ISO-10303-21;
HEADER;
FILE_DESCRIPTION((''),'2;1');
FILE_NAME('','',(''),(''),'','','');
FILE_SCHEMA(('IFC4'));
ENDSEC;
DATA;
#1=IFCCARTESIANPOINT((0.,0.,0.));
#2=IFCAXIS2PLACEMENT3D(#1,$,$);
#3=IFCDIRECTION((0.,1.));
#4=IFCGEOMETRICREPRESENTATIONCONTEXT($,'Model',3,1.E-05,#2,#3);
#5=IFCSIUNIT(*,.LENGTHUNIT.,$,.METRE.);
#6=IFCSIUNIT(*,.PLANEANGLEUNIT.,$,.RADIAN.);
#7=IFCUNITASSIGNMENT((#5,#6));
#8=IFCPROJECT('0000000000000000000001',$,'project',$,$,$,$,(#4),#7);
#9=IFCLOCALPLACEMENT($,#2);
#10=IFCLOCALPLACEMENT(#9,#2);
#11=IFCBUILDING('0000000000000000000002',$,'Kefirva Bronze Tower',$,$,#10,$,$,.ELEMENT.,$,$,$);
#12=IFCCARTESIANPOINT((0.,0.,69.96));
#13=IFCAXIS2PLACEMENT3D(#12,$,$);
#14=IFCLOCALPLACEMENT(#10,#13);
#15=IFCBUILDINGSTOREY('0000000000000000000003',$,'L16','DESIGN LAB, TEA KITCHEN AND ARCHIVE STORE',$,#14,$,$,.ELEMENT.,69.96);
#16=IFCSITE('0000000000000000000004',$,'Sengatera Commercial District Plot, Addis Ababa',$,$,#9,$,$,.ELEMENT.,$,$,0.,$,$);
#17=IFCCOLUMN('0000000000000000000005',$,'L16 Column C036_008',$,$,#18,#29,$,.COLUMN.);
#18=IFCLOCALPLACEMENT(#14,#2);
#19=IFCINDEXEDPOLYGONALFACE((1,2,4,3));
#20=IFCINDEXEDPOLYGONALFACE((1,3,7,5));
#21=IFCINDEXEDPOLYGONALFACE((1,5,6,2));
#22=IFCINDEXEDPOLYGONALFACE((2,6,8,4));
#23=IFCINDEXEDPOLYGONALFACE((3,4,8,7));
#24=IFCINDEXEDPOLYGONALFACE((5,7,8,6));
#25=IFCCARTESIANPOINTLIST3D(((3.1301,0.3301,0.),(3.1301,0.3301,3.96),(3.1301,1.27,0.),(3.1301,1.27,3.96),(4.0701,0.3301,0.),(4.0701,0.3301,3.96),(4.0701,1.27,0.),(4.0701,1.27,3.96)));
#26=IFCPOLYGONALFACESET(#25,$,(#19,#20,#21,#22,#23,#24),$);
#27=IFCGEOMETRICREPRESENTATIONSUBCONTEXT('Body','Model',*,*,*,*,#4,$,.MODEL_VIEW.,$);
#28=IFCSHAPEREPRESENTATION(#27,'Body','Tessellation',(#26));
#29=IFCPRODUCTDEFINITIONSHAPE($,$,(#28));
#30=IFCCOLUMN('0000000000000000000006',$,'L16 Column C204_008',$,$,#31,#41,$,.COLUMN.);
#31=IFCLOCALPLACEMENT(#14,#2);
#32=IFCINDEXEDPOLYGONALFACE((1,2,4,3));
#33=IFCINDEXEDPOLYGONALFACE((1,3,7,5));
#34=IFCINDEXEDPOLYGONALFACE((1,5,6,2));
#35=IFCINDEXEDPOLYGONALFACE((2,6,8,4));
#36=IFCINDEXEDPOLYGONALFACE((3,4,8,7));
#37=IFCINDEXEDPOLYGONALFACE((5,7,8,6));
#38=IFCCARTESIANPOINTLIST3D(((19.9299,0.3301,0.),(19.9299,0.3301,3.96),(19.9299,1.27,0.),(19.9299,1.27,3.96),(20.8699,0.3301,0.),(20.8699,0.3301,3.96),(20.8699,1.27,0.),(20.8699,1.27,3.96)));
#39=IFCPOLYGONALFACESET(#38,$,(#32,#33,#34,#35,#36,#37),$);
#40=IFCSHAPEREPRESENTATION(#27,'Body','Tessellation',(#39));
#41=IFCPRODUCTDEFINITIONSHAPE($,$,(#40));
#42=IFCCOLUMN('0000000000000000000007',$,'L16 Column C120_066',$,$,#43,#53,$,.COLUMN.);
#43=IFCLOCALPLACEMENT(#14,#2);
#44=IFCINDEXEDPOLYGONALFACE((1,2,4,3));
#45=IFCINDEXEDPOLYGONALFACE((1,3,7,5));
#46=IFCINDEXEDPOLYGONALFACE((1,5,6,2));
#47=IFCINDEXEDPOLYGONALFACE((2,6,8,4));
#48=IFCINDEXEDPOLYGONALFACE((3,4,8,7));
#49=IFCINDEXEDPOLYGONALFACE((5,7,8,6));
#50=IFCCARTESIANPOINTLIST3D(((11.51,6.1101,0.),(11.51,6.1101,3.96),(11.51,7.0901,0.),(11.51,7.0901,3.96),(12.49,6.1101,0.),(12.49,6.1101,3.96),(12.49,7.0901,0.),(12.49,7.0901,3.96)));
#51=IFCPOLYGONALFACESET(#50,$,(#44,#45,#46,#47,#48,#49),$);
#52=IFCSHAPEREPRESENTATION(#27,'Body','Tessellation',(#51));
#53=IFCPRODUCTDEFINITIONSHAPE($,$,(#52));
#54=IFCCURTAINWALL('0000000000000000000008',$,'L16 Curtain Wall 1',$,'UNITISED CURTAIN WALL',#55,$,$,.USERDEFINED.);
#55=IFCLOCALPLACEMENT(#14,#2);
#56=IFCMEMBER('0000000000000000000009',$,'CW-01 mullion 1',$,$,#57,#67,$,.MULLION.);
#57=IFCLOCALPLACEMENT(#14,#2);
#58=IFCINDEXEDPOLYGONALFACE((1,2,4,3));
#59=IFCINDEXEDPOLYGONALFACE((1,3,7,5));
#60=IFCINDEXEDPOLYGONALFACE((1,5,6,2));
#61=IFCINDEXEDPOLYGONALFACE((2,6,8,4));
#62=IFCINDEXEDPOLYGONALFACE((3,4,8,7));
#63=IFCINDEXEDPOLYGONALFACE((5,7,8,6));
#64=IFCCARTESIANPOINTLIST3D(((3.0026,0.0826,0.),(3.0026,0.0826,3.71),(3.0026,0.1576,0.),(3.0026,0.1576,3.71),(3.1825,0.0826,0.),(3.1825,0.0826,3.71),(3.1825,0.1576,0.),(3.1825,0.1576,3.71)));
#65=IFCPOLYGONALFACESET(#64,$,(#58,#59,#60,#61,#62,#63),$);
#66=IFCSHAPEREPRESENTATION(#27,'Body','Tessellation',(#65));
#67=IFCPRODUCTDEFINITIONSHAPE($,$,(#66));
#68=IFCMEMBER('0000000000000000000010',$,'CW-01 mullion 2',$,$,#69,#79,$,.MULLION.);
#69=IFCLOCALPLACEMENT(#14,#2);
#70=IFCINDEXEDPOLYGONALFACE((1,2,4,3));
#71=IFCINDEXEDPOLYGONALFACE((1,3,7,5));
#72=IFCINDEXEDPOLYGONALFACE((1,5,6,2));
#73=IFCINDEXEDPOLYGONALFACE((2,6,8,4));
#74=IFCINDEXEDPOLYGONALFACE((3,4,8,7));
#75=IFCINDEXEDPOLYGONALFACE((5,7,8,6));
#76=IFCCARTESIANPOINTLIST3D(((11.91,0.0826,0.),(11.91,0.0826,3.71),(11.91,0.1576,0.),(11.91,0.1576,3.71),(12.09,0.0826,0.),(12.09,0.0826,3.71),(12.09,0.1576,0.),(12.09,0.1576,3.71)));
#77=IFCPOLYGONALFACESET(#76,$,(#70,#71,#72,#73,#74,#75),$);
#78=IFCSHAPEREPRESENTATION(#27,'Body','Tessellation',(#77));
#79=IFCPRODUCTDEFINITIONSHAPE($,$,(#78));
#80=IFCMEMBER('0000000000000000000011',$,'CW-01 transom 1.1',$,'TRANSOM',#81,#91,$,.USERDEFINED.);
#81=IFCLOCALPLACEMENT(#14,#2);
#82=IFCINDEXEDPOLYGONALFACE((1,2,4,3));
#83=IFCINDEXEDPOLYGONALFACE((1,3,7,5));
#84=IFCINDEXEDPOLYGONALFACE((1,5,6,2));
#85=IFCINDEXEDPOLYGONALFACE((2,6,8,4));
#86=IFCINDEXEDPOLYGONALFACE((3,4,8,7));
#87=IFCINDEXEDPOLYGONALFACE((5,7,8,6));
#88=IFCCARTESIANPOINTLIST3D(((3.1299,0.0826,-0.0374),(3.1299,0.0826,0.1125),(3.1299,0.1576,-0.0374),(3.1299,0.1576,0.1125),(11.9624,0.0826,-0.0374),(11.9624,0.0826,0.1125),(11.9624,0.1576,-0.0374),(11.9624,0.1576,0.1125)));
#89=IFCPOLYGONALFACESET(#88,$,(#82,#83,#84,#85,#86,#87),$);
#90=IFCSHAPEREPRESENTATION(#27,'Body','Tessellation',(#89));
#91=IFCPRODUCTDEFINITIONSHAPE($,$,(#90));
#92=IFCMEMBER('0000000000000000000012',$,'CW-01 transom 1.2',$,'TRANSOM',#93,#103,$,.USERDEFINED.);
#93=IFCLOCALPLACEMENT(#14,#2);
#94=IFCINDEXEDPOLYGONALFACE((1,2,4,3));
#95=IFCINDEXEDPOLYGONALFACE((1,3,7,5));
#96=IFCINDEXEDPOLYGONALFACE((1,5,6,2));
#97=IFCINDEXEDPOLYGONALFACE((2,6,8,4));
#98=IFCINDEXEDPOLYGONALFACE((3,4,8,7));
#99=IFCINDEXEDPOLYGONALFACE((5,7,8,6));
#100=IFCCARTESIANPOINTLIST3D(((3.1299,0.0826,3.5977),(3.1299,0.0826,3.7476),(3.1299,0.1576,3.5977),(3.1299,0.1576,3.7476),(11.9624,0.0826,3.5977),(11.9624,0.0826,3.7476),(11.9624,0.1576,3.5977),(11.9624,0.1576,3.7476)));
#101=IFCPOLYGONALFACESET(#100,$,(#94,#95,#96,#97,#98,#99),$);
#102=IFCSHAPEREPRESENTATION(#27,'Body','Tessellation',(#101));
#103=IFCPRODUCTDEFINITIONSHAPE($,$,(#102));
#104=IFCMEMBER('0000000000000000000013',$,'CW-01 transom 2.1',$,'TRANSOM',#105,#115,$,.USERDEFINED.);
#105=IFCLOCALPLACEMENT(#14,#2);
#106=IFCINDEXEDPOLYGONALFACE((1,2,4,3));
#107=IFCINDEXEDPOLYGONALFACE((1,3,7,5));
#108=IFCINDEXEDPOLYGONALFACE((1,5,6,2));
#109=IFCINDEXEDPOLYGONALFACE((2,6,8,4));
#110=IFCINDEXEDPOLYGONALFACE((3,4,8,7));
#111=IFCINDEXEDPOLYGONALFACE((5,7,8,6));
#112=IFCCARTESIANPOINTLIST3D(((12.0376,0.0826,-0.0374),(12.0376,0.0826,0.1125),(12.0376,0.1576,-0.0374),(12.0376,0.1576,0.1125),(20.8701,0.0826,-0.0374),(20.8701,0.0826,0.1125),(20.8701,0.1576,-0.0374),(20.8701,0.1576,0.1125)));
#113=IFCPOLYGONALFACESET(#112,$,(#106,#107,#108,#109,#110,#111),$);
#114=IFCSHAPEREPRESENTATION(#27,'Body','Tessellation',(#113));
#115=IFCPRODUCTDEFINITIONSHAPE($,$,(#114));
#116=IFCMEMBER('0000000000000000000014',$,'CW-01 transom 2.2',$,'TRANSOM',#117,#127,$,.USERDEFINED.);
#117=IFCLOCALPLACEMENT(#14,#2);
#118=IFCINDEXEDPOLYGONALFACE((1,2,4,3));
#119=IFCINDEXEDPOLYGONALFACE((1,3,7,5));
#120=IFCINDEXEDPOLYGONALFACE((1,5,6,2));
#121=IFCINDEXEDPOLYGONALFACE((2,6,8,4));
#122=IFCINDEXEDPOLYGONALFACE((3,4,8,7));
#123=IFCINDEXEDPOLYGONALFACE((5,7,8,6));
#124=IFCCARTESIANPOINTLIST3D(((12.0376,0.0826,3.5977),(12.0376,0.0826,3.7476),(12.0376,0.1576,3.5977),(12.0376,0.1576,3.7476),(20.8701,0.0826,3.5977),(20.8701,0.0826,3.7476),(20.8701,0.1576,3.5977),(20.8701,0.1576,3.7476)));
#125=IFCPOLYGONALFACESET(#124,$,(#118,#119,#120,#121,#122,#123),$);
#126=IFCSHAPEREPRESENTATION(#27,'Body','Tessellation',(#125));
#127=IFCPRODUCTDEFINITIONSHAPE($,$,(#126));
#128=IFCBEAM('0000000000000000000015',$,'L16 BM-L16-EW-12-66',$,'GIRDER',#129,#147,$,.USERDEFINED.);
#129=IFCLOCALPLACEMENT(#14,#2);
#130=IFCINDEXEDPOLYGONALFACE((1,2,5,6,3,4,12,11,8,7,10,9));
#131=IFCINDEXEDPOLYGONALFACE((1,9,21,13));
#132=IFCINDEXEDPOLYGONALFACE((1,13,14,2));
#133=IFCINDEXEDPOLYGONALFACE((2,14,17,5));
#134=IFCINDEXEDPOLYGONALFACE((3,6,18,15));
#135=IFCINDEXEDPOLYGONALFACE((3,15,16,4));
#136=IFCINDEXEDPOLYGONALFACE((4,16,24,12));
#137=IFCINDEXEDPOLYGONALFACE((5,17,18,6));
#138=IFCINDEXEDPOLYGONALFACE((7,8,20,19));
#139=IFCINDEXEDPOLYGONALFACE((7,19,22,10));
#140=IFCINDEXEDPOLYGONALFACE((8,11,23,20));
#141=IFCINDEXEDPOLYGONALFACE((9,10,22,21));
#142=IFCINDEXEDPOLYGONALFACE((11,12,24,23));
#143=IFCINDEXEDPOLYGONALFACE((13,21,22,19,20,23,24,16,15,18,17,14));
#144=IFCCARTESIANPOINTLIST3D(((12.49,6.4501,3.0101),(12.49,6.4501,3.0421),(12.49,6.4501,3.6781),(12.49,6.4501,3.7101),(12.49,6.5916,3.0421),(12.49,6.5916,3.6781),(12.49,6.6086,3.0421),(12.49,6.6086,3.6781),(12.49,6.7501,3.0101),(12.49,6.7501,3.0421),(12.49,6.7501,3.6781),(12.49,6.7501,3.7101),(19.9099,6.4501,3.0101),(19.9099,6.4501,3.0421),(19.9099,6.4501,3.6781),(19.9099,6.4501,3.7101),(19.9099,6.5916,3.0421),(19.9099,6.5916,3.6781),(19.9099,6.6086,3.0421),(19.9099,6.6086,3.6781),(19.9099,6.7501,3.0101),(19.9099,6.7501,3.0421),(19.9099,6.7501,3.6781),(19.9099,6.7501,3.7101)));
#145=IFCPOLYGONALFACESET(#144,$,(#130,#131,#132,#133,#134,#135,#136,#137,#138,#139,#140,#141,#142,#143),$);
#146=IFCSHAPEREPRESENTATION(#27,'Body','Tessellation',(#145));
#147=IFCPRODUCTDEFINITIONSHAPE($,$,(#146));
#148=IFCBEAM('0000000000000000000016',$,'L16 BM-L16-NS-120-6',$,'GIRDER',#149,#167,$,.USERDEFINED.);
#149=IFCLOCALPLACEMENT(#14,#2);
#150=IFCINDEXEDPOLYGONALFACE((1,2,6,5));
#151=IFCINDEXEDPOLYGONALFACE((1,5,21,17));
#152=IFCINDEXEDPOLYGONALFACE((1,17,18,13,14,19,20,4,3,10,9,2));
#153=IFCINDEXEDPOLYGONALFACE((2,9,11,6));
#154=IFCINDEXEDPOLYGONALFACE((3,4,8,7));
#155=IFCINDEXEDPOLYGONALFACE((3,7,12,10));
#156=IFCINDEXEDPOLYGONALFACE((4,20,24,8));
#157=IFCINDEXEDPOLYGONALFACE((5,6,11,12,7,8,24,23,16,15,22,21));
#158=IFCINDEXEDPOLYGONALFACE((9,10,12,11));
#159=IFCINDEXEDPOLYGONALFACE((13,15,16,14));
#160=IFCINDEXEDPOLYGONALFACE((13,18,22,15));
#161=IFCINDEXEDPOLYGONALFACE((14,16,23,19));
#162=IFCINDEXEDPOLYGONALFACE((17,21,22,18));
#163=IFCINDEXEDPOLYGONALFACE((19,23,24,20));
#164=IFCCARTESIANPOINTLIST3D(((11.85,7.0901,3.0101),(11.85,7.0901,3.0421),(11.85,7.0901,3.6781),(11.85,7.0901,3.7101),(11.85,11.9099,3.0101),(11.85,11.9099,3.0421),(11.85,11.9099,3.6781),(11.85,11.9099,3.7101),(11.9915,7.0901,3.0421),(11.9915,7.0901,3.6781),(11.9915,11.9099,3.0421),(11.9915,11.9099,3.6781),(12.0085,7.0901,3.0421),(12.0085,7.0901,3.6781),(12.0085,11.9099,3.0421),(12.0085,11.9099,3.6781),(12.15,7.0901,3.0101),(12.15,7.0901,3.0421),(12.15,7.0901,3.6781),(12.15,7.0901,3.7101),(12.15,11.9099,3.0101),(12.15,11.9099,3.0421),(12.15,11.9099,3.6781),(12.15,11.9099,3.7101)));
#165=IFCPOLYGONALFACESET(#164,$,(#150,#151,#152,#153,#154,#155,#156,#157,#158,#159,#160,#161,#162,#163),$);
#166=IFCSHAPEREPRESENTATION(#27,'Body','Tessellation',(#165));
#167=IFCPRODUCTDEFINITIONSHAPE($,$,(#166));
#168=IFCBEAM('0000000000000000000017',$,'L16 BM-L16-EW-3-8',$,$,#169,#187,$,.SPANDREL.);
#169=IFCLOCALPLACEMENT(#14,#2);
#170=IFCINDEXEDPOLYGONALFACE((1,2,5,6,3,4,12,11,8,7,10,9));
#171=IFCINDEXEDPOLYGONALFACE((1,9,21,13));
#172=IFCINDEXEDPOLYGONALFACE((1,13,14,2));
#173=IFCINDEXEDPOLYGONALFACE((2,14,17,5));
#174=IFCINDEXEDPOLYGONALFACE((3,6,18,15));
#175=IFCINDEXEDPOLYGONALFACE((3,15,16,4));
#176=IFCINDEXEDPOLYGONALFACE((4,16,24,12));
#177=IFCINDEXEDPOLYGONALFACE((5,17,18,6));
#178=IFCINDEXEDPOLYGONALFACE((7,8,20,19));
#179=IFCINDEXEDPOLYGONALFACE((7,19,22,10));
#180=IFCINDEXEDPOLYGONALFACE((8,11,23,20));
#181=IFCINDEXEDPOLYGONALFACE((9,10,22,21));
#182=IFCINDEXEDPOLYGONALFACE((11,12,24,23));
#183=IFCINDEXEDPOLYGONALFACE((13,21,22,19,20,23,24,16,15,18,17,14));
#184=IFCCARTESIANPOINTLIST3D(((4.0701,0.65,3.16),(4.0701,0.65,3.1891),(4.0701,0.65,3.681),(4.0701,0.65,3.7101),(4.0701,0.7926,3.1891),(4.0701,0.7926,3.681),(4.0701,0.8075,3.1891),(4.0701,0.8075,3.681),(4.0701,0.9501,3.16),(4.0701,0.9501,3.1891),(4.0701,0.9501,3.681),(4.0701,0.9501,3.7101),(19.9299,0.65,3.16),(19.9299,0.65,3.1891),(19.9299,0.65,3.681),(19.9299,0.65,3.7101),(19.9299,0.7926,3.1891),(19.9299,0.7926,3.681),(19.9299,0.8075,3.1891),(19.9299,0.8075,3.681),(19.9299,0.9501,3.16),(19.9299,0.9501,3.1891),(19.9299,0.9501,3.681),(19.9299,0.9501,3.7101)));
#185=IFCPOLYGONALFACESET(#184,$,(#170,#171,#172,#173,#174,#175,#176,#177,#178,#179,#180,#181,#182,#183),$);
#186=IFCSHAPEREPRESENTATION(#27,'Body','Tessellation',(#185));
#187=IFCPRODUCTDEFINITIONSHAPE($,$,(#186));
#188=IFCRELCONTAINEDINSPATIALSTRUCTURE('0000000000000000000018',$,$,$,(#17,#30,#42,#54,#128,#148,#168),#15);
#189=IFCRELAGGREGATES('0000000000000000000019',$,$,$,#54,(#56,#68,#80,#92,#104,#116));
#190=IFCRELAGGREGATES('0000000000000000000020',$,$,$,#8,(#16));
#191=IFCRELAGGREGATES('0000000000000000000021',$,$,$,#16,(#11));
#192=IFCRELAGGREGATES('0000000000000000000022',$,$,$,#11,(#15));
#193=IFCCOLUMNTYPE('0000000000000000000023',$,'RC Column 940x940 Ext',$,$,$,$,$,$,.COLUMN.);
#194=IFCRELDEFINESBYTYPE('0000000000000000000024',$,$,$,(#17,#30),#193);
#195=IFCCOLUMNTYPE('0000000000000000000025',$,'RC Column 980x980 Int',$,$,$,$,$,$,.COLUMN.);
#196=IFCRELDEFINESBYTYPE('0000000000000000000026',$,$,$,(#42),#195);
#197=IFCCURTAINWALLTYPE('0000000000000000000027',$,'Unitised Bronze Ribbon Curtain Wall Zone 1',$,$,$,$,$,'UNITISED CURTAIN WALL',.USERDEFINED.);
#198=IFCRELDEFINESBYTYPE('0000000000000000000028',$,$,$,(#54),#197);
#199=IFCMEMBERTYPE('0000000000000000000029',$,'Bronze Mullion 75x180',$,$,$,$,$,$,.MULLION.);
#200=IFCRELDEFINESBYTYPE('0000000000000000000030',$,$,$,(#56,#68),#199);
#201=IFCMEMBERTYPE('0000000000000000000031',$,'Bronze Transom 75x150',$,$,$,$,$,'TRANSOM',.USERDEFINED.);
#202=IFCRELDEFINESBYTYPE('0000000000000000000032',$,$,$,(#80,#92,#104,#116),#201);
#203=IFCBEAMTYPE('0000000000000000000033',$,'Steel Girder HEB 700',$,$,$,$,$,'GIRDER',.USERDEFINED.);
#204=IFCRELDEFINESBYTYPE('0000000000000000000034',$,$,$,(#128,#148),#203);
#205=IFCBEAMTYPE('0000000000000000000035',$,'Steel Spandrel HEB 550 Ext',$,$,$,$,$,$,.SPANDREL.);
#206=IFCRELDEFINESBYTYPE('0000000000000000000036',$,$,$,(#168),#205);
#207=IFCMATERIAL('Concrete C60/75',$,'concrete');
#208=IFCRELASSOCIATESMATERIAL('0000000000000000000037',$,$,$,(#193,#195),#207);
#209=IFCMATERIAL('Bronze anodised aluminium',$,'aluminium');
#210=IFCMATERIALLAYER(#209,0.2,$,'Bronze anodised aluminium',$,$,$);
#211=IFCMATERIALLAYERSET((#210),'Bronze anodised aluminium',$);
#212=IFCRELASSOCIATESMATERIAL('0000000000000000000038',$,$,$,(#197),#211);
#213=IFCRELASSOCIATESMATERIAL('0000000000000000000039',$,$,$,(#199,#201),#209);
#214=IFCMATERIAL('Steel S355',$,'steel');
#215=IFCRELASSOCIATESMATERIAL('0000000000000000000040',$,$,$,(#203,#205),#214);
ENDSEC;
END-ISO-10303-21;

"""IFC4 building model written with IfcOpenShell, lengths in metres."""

from ifc_helpers import new_model, si_unit, direction, frame, origin, origin_2d, place, context, subcontext, project, spatial, rectangle, i_section, extrude, material, layer, layer_set, material_profile, profile_set, type_object, element, aggregate, save


model = new_model("IFC4")

# Units and contexts
model_context = context("Model", 3, precision=1e-05, world=origin(), true_north=direction((0.0, 1.0)))
body_context = subcontext(model_context, "Body", "Model", "MODEL_VIEW")
ifc_project = project(units=[si_unit("LENGTHUNIT", "METRE"), si_unit("PLANEANGLEUNIT", "RADIAN")], contexts=[model_context])

# Site, building, storey
site_placement = place(None, origin())
site = spatial("IfcSite", under=ifc_project, at=site_placement, Name="Sengatera Commercial District Plot, Addis Ababa", CompositionType="ELEMENT", RefElevation=0.0)
building_placement = place(site_placement, origin())
building = spatial("IfcBuilding", under=site, at=building_placement, Name="Kefirva Bronze Tower", CompositionType="ELEMENT")
storey_placement = place(building_placement, frame((0.0, 0.0, 69.96)))
storey = spatial("IfcBuildingStorey", under=building, at=storey_placement, Name="L16", Description="DESIGN LAB, TEA KITCHEN AND ARCHIVE STORE", CompositionType="ELEMENT", Elevation=69.96)

# Columns
ifc_material_1 = material(Name="Concrete C60/75", Category="concrete")
ifc_material_profile_1 = material_profile(ifc_material_1, rectangle(XDim=0.9399, YDim=0.9399, at=origin_2d()), Name="RC 940x940")
ifc_profile_set_1 = profile_set([ifc_material_profile_1], Name="Concrete C60/75")
column_type_1 = type_object("IfcColumnType", Name="RC Column 940x940 Ext", PredefinedType="COLUMN", material=ifc_profile_set_1)
for number, where, z_axis, x_axis, name in (
    (1, (3.6001, 0.8, 0.0), (0.0, 0.0, 1.0), (1.0, 0.0, 0.0), "L16 Column C036_008"),
    (2, (20.3999, 0.8, 0.0), (0.0, 0.0, 1.0), (1.0, 0.0, 0.0), "L16 Column C204_008"),
):
    element("IfcColumn", number, at=place(storey_placement, frame(where, z_axis=z_axis, x_axis=x_axis)), inside=storey, type_object=column_type_1, Name=name, PredefinedType="COLUMN", context=body_context, shape_type="SweptSolid", body=[
        extrude(rectangle(XDim=0.9399, YDim=0.9399, at=origin_2d()), origin(), (0.0, 0.0, 1.0), 3.96),
    ])
ifc_material_profile_2 = material_profile(ifc_material_1, rectangle(XDim=0.98, YDim=0.98, at=origin_2d()), Name="RC 980x980")
ifc_profile_set_2 = profile_set([ifc_material_profile_2], Name="Concrete C60/75")
column_type_2 = type_object("IfcColumnType", Name="RC Column 980x980 Int", PredefinedType="COLUMN", material=ifc_profile_set_2)
column_placement = place(storey_placement, frame((12.0, 6.6001, 0.0), z_axis=(0.0, 0.0, 1.0), x_axis=(1.0, 0.0, 0.0)))
element("IfcColumn", 3, at=column_placement, inside=storey, type_object=column_type_2, Name="L16 Column C120_066", PredefinedType="COLUMN", context=body_context, shape_type="SweptSolid", body=[
    extrude(rectangle(XDim=0.98, YDim=0.98, at=origin_2d()), origin(), (0.0, 0.0, 1.0), 3.96),
])

# Curtain wall, members
ifc_material_2 = material(Name="Bronze anodised aluminium", Category="aluminium")
ifc_layer_1 = layer(ifc_material_2, 0.2, Name="Bronze anodised aluminium")
ifc_layer_set_1 = layer_set([ifc_layer_1], Name="Bronze anodised aluminium")
curtain_wall_type = type_object("IfcCurtainWallType", Name="Unitised Bronze Ribbon Curtain Wall Zone 1", ElementType="UNITISED CURTAIN WALL", PredefinedType="USERDEFINED", material=ifc_layer_set_1)
curtain_wall_placement = place(storey_placement, origin())
curtain_wall = element("IfcCurtainWall", 4, at=curtain_wall_placement, inside=storey, type_object=curtain_wall_type, Name="L16 Curtain Wall 1", ObjectType="UNITISED CURTAIN WALL", PredefinedType="USERDEFINED")
ifc_material_profile_3 = material_profile(ifc_material_2, rectangle(XDim=0.075, YDim=0.1799, at=origin_2d()), Name="ALU 75x180")
ifc_profile_set_3 = profile_set([ifc_material_profile_3], Name="Bronze anodised aluminium")
member_type_1 = type_object("IfcMemberType", Name="Bronze Mullion 75x180", PredefinedType="MULLION", material=ifc_profile_set_3)
member_1_placement = place(storey_placement, frame((3.0925, 0.1201, 0.0), z_axis=(0.0, 0.0, 1.0), x_axis=(0.0, 1.0, 0.0)))
member_1 = element("IfcMember", 5, at=member_1_placement, type_object=member_type_1, Name="CW-01 mullion 1", PredefinedType="MULLION", context=body_context, shape_type="SweptSolid", body=[
    extrude(rectangle(XDim=0.075, YDim=0.1799, at=origin_2d()), origin(), (0.0, 0.0, 1.0), 3.71),
])
member_2_placement = place(storey_placement, frame((12.0, 0.1201, 0.0), z_axis=(0.0, 0.0, 1.0), x_axis=(0.0, 1.0, 0.0)))
member_2 = element("IfcMember", 6, at=member_2_placement, type_object=member_type_1, Name="CW-01 mullion 2", PredefinedType="MULLION", context=body_context, shape_type="SweptSolid", body=[
    extrude(rectangle(XDim=0.075, YDim=0.1799, at=origin_2d()), origin(), (0.0, 0.0, 1.0), 3.71),
])
ifc_material_profile_4 = material_profile(ifc_material_2, rectangle(XDim=0.075, YDim=0.1499, at=origin_2d()), Name="ALU 75x150")
ifc_profile_set_4 = profile_set([ifc_material_profile_4], Name="Bronze anodised aluminium")
member_type_2 = type_object("IfcMemberType", Name="Bronze Transom 75x150", ElementType="TRANSOM", PredefinedType="USERDEFINED", material=ifc_profile_set_4)
member_3_placement = place(storey_placement, frame((3.1299, 0.1201, 0.0376), z_axis=(1.0, 0.0, 0.0), x_axis=(0.0, 1.0, 0.0)))
member_3 = element("IfcMember", 7, at=member_3_placement, type_object=member_type_2, Name="CW-01 transom 1.1", ObjectType="TRANSOM", PredefinedType="USERDEFINED", context=body_context, shape_type="SweptSolid", body=[
    extrude(rectangle(XDim=0.075, YDim=0.1499, at=origin_2d()), origin(), (0.0, 0.0, 1.0), 8.8325),
])
member_4_placement = place(storey_placement, frame((3.1299, 0.1201, 3.6726), z_axis=(1.0, 0.0, 0.0), x_axis=(0.0, 1.0, 0.0)))
member_4 = element("IfcMember", 8, at=member_4_placement, type_object=member_type_2, Name="CW-01 transom 1.2", ObjectType="TRANSOM", PredefinedType="USERDEFINED", context=body_context, shape_type="SweptSolid", body=[
    extrude(rectangle(XDim=0.075, YDim=0.1499, at=origin_2d()), origin(), (0.0, 0.0, 1.0), 8.8325),
])
member_5_placement = place(storey_placement, frame((12.0376, 0.1201, 0.0376), z_axis=(1.0, 0.0, 0.0), x_axis=(0.0, 1.0, 0.0)))
member_5 = element("IfcMember", 9, at=member_5_placement, type_object=member_type_2, Name="CW-01 transom 2.1", ObjectType="TRANSOM", PredefinedType="USERDEFINED", context=body_context, shape_type="SweptSolid", body=[
    extrude(rectangle(XDim=0.075, YDim=0.1499, at=origin_2d()), origin(), (0.0, 0.0, 1.0), 8.8325),
])
member_6_placement = place(storey_placement, frame((12.0376, 0.1201, 3.6726), z_axis=(1.0, 0.0, 0.0), x_axis=(0.0, 1.0, 0.0)))
member_6 = element("IfcMember", 10, at=member_6_placement, type_object=member_type_2, Name="CW-01 transom 2.2", ObjectType="TRANSOM", PredefinedType="USERDEFINED", context=body_context, shape_type="SweptSolid", body=[
    extrude(rectangle(XDim=0.075, YDim=0.1499, at=origin_2d()), origin(), (0.0, 0.0, 1.0), 8.8325),
])

# Beams
ifc_material_3 = material(Name="Steel S355", Category="steel")
ifc_material_profile_5 = material_profile(ifc_material_3, i_section(OverallWidth=0.3, OverallDepth=0.7, WebThickness=0.0171, FlangeThickness=0.032, at=origin_2d()), Name="HEB 700")
ifc_profile_set_5 = profile_set([ifc_material_profile_5], Name="Steel S355")
beam_type_1 = type_object("IfcBeamType", Name="Steel Girder HEB 700", ElementType="GIRDER", PredefinedType="USERDEFINED", material=ifc_profile_set_5)
beam_1_placement = place(storey_placement, frame((12.49, 6.6001, 3.3601), z_axis=(1.0, 0.0, 0.0), x_axis=(0.0, 1.0, 0.0)))
element("IfcBeam", 11, at=beam_1_placement, inside=storey, type_object=beam_type_1, Name="L16 BM-L16-EW-12-66", ObjectType="GIRDER", PredefinedType="USERDEFINED", context=body_context, shape_type="SweptSolid", body=[
    extrude(i_section(OverallWidth=0.3, OverallDepth=0.7, WebThickness=0.0171, FlangeThickness=0.032, at=origin_2d()), origin(), (0.0, 0.0, 1.0), 7.4199),
])
beam_2_placement = place(storey_placement, frame((12.0, 7.0901, 3.3601), z_axis=(0.0, 1.0, 0.0), x_axis=(-1.0, 0.0, 0.0)))
element("IfcBeam", 12, at=beam_2_placement, inside=storey, type_object=beam_type_1, Name="L16 BM-L16-NS-120-6", ObjectType="GIRDER", PredefinedType="USERDEFINED", context=body_context, shape_type="SweptSolid", body=[
    extrude(i_section(OverallWidth=0.3, OverallDepth=0.7, WebThickness=0.0171, FlangeThickness=0.032, at=origin_2d()), origin(), (0.0, 0.0, 1.0), 4.8198),
])
ifc_material_profile_6 = material_profile(ifc_material_3, i_section(OverallWidth=0.3, OverallDepth=0.55, WebThickness=0.0149, FlangeThickness=0.0291, at=origin_2d()), Name="HEB 550")
ifc_profile_set_6 = profile_set([ifc_material_profile_6], Name="Steel S355")
beam_type_2 = type_object("IfcBeamType", Name="Steel Spandrel HEB 550 Ext", PredefinedType="SPANDREL", material=ifc_profile_set_6)
beam_3_placement = place(storey_placement, frame((4.0701, 0.8, 3.4351), z_axis=(1.0, 0.0, 0.0), x_axis=(0.0, 1.0, 0.0)))
element("IfcBeam", 13, at=beam_3_placement, inside=storey, type_object=beam_type_2, Name="L16 BM-L16-EW-3-8", PredefinedType="SPANDREL", context=body_context, shape_type="SweptSolid", body=[
    extrude(i_section(OverallWidth=0.3, OverallDepth=0.55, WebThickness=0.0149, FlangeThickness=0.0291, at=origin_2d()), origin(), (0.0, 0.0, 1.0), 15.8599),
])

aggregate(curtain_wall, [member_1, member_2, member_3, member_4, member_5, member_6])

save(model, "model.ifc")
